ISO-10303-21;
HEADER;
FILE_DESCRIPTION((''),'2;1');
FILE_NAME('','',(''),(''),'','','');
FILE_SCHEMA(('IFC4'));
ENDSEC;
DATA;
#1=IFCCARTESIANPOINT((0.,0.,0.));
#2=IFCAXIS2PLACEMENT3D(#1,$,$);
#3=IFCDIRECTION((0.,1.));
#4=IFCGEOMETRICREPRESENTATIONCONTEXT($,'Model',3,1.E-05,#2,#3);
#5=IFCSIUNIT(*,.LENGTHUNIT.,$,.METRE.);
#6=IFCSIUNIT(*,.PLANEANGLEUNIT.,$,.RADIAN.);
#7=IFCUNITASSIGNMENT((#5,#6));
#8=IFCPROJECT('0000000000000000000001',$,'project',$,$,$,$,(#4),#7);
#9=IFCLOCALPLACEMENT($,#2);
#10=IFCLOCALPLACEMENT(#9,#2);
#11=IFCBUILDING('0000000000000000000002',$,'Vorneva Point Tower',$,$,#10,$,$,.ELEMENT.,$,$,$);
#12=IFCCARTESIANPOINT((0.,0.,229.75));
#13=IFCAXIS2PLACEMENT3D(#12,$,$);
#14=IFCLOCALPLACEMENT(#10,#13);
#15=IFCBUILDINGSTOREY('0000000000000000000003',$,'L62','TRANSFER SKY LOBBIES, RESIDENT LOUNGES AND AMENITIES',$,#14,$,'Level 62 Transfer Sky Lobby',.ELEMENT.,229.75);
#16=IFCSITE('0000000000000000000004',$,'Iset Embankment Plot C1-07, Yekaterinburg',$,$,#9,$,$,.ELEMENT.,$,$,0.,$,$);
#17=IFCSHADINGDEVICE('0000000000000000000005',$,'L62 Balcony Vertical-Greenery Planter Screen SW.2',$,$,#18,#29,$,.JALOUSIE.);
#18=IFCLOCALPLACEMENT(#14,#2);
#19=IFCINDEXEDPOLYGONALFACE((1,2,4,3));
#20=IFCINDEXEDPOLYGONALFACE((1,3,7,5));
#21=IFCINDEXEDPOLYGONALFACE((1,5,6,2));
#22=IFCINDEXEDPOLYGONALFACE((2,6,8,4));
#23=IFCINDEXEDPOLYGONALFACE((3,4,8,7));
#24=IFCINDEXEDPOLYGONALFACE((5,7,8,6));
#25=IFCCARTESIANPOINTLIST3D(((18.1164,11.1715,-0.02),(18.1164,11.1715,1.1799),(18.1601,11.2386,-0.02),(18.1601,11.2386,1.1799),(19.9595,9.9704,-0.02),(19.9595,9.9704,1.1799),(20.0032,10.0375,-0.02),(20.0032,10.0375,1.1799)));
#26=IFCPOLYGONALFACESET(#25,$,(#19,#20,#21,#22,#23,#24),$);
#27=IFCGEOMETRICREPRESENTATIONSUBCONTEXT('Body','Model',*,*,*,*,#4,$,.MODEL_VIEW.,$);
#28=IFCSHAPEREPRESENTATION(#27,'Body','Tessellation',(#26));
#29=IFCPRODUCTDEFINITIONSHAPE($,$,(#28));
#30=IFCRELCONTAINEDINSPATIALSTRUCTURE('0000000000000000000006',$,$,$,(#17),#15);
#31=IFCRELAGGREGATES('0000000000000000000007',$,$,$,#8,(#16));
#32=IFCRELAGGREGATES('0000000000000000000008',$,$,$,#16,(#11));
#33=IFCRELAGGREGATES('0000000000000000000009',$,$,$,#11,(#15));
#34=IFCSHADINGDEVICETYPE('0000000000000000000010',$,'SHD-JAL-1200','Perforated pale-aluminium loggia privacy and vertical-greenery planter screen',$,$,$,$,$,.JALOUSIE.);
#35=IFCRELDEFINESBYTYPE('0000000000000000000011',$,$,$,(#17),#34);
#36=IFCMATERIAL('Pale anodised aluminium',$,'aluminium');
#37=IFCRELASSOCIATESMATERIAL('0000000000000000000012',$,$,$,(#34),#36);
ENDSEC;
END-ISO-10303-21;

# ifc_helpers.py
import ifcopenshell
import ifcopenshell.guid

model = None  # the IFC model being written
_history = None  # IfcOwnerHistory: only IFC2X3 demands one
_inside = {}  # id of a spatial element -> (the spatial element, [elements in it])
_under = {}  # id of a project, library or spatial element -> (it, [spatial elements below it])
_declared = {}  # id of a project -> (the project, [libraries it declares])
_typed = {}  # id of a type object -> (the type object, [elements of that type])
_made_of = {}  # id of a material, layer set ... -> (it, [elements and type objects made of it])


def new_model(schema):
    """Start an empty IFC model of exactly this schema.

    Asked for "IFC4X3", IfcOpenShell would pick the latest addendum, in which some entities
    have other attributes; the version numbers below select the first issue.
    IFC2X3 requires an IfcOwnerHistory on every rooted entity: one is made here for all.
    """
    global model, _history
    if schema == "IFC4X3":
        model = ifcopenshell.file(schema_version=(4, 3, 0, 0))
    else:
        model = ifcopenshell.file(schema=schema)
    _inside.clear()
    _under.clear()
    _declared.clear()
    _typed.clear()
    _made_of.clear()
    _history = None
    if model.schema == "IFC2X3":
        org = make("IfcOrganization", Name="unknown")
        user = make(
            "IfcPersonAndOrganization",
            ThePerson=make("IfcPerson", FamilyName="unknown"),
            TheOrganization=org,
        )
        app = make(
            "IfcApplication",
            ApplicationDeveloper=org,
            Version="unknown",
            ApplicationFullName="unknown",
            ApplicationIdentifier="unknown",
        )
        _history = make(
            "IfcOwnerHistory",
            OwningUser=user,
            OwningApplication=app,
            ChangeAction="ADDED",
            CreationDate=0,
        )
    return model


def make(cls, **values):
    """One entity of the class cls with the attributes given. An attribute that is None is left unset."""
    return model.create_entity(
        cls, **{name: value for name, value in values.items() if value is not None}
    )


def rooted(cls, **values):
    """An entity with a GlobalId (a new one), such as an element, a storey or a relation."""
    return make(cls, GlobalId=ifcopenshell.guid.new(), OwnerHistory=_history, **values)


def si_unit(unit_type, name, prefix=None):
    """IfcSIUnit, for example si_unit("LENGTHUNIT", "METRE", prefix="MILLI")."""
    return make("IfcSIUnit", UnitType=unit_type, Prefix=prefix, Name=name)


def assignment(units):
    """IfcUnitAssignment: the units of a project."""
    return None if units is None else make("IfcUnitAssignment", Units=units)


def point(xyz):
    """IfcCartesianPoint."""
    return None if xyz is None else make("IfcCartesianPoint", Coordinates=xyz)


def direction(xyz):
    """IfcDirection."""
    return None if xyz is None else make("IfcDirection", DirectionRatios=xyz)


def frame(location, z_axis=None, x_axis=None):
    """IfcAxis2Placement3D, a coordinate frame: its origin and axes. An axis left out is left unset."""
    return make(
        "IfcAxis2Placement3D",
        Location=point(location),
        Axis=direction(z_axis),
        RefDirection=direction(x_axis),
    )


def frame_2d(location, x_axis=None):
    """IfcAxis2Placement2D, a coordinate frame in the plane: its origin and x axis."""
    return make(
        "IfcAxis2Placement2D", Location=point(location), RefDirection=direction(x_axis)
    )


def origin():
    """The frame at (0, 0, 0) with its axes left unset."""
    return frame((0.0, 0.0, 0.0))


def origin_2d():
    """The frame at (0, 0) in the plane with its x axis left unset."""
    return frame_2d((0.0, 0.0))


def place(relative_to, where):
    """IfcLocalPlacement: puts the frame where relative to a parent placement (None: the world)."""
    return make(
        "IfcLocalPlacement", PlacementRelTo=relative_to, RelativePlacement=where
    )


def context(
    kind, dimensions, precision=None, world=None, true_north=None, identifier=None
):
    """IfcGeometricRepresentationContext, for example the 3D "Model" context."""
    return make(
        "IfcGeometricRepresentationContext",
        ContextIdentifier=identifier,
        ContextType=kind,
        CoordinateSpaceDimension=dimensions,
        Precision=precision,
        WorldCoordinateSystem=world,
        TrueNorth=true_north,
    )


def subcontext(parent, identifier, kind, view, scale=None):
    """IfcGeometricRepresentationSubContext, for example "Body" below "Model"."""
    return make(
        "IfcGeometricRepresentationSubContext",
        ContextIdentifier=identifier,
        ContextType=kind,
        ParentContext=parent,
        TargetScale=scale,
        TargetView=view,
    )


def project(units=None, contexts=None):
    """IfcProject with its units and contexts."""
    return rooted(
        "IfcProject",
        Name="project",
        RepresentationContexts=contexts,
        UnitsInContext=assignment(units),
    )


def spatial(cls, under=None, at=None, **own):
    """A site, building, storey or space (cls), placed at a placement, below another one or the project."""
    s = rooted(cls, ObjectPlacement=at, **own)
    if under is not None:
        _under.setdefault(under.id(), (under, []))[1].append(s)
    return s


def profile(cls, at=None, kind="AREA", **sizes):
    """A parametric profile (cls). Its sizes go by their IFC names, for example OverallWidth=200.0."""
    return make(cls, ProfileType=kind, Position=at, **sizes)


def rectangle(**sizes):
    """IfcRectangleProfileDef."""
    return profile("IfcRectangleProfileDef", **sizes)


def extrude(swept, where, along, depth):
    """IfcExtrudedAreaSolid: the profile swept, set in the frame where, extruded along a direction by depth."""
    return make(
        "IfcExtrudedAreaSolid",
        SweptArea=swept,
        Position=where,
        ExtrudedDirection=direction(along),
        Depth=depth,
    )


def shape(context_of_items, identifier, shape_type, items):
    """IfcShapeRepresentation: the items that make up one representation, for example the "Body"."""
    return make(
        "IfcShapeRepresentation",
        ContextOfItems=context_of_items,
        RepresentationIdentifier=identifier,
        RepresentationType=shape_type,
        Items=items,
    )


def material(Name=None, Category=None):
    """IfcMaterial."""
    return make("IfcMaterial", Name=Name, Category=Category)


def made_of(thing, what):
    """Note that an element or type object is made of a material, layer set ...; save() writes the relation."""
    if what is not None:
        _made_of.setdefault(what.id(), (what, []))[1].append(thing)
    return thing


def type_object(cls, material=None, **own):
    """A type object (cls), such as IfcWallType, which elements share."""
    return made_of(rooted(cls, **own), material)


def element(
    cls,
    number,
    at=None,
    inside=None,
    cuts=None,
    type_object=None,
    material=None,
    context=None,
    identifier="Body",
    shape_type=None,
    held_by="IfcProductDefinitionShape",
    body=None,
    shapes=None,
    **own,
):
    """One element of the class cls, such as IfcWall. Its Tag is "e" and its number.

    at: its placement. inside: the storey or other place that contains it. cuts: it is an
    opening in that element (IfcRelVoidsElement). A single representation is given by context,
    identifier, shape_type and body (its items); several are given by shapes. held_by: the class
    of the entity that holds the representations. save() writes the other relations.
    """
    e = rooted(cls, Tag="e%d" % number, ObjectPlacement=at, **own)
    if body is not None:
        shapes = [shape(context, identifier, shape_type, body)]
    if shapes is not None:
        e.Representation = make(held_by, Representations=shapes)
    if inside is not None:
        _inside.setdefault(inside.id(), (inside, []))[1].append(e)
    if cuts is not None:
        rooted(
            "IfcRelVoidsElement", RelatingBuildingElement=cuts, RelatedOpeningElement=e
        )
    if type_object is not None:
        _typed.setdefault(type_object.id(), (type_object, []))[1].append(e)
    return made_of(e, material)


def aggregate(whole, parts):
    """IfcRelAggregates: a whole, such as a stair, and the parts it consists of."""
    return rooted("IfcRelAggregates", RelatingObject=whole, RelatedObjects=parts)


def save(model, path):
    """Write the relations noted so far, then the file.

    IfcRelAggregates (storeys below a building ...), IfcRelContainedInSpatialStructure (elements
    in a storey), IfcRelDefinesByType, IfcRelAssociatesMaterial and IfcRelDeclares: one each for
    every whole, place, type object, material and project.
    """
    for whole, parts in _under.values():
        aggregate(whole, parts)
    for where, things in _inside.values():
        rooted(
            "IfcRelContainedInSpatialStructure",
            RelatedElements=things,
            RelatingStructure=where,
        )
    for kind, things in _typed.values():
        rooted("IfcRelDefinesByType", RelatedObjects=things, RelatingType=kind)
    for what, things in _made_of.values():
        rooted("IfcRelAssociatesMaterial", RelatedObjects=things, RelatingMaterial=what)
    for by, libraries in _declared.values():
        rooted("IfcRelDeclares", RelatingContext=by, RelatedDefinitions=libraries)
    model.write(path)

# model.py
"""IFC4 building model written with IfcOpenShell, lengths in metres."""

from ifc_helpers import new_model, si_unit, direction, frame, origin, origin_2d, place, context, subcontext, project, spatial, rectangle, extrude, material, type_object, element, save


model = new_model("IFC4")

# Units and contexts
model_context = context("Model", 3, precision=1e-05, world=origin(), true_north=direction((0.0, 1.0)))
body_context = subcontext(model_context, "Body", "Model", "MODEL_VIEW")
ifc_project = project(units=[si_unit("LENGTHUNIT", "METRE"), si_unit("PLANEANGLEUNIT", "RADIAN")], contexts=[model_context])

# Site, building, storey
site_placement = place(None, origin())
site = spatial("IfcSite", under=ifc_project, at=site_placement, Name="Iset Embankment Plot C1-07, Yekaterinburg", CompositionType="ELEMENT", RefElevation=0.0)
building_placement = place(site_placement, origin())
building = spatial("IfcBuilding", under=site, at=building_placement, Name="Vorneva Point Tower", CompositionType="ELEMENT")
storey_placement = place(building_placement, frame((0.0, 0.0, 229.75)))
storey = spatial("IfcBuildingStorey", under=building, at=storey_placement, Name="L62", Description="TRANSFER SKY LOBBIES, RESIDENT LOUNGES AND AMENITIES", LongName="Level 62 Transfer Sky Lobby", CompositionType="ELEMENT", Elevation=229.75)

# Shared definitions
ifc_material_1 = material(Name="Pale anodised aluminium", Category="aluminium")

# Shading device
shading_device_type = type_object("IfcShadingDeviceType", Name="SHD-JAL-1200", Description="Perforated pale-aluminium loggia privacy and vertical-greenery planter screen", PredefinedType="JALOUSIE", material=ifc_material_1)
shading_device_placement = place(storey_placement, frame((19.0598, 10.6045, -0.02), z_axis=(0.0, 0.0, 1.0), x_axis=(0.837795, -0.545985, 0.0)))
element("IfcShadingDevice", 1, at=shading_device_placement, inside=storey, type_object=shading_device_type, Name="L62 Balcony Vertical-Greenery Planter Screen SW.2", PredefinedType="JALOUSIE", context=body_context, shape_type="SweptSolid", body=[
    extrude(rectangle(XDim=2.2, YDim=0.0801, at=origin_2d()), origin(), (0.0, 0.0, 1.0), 1.2),
])

save(model, "model.ifc")
